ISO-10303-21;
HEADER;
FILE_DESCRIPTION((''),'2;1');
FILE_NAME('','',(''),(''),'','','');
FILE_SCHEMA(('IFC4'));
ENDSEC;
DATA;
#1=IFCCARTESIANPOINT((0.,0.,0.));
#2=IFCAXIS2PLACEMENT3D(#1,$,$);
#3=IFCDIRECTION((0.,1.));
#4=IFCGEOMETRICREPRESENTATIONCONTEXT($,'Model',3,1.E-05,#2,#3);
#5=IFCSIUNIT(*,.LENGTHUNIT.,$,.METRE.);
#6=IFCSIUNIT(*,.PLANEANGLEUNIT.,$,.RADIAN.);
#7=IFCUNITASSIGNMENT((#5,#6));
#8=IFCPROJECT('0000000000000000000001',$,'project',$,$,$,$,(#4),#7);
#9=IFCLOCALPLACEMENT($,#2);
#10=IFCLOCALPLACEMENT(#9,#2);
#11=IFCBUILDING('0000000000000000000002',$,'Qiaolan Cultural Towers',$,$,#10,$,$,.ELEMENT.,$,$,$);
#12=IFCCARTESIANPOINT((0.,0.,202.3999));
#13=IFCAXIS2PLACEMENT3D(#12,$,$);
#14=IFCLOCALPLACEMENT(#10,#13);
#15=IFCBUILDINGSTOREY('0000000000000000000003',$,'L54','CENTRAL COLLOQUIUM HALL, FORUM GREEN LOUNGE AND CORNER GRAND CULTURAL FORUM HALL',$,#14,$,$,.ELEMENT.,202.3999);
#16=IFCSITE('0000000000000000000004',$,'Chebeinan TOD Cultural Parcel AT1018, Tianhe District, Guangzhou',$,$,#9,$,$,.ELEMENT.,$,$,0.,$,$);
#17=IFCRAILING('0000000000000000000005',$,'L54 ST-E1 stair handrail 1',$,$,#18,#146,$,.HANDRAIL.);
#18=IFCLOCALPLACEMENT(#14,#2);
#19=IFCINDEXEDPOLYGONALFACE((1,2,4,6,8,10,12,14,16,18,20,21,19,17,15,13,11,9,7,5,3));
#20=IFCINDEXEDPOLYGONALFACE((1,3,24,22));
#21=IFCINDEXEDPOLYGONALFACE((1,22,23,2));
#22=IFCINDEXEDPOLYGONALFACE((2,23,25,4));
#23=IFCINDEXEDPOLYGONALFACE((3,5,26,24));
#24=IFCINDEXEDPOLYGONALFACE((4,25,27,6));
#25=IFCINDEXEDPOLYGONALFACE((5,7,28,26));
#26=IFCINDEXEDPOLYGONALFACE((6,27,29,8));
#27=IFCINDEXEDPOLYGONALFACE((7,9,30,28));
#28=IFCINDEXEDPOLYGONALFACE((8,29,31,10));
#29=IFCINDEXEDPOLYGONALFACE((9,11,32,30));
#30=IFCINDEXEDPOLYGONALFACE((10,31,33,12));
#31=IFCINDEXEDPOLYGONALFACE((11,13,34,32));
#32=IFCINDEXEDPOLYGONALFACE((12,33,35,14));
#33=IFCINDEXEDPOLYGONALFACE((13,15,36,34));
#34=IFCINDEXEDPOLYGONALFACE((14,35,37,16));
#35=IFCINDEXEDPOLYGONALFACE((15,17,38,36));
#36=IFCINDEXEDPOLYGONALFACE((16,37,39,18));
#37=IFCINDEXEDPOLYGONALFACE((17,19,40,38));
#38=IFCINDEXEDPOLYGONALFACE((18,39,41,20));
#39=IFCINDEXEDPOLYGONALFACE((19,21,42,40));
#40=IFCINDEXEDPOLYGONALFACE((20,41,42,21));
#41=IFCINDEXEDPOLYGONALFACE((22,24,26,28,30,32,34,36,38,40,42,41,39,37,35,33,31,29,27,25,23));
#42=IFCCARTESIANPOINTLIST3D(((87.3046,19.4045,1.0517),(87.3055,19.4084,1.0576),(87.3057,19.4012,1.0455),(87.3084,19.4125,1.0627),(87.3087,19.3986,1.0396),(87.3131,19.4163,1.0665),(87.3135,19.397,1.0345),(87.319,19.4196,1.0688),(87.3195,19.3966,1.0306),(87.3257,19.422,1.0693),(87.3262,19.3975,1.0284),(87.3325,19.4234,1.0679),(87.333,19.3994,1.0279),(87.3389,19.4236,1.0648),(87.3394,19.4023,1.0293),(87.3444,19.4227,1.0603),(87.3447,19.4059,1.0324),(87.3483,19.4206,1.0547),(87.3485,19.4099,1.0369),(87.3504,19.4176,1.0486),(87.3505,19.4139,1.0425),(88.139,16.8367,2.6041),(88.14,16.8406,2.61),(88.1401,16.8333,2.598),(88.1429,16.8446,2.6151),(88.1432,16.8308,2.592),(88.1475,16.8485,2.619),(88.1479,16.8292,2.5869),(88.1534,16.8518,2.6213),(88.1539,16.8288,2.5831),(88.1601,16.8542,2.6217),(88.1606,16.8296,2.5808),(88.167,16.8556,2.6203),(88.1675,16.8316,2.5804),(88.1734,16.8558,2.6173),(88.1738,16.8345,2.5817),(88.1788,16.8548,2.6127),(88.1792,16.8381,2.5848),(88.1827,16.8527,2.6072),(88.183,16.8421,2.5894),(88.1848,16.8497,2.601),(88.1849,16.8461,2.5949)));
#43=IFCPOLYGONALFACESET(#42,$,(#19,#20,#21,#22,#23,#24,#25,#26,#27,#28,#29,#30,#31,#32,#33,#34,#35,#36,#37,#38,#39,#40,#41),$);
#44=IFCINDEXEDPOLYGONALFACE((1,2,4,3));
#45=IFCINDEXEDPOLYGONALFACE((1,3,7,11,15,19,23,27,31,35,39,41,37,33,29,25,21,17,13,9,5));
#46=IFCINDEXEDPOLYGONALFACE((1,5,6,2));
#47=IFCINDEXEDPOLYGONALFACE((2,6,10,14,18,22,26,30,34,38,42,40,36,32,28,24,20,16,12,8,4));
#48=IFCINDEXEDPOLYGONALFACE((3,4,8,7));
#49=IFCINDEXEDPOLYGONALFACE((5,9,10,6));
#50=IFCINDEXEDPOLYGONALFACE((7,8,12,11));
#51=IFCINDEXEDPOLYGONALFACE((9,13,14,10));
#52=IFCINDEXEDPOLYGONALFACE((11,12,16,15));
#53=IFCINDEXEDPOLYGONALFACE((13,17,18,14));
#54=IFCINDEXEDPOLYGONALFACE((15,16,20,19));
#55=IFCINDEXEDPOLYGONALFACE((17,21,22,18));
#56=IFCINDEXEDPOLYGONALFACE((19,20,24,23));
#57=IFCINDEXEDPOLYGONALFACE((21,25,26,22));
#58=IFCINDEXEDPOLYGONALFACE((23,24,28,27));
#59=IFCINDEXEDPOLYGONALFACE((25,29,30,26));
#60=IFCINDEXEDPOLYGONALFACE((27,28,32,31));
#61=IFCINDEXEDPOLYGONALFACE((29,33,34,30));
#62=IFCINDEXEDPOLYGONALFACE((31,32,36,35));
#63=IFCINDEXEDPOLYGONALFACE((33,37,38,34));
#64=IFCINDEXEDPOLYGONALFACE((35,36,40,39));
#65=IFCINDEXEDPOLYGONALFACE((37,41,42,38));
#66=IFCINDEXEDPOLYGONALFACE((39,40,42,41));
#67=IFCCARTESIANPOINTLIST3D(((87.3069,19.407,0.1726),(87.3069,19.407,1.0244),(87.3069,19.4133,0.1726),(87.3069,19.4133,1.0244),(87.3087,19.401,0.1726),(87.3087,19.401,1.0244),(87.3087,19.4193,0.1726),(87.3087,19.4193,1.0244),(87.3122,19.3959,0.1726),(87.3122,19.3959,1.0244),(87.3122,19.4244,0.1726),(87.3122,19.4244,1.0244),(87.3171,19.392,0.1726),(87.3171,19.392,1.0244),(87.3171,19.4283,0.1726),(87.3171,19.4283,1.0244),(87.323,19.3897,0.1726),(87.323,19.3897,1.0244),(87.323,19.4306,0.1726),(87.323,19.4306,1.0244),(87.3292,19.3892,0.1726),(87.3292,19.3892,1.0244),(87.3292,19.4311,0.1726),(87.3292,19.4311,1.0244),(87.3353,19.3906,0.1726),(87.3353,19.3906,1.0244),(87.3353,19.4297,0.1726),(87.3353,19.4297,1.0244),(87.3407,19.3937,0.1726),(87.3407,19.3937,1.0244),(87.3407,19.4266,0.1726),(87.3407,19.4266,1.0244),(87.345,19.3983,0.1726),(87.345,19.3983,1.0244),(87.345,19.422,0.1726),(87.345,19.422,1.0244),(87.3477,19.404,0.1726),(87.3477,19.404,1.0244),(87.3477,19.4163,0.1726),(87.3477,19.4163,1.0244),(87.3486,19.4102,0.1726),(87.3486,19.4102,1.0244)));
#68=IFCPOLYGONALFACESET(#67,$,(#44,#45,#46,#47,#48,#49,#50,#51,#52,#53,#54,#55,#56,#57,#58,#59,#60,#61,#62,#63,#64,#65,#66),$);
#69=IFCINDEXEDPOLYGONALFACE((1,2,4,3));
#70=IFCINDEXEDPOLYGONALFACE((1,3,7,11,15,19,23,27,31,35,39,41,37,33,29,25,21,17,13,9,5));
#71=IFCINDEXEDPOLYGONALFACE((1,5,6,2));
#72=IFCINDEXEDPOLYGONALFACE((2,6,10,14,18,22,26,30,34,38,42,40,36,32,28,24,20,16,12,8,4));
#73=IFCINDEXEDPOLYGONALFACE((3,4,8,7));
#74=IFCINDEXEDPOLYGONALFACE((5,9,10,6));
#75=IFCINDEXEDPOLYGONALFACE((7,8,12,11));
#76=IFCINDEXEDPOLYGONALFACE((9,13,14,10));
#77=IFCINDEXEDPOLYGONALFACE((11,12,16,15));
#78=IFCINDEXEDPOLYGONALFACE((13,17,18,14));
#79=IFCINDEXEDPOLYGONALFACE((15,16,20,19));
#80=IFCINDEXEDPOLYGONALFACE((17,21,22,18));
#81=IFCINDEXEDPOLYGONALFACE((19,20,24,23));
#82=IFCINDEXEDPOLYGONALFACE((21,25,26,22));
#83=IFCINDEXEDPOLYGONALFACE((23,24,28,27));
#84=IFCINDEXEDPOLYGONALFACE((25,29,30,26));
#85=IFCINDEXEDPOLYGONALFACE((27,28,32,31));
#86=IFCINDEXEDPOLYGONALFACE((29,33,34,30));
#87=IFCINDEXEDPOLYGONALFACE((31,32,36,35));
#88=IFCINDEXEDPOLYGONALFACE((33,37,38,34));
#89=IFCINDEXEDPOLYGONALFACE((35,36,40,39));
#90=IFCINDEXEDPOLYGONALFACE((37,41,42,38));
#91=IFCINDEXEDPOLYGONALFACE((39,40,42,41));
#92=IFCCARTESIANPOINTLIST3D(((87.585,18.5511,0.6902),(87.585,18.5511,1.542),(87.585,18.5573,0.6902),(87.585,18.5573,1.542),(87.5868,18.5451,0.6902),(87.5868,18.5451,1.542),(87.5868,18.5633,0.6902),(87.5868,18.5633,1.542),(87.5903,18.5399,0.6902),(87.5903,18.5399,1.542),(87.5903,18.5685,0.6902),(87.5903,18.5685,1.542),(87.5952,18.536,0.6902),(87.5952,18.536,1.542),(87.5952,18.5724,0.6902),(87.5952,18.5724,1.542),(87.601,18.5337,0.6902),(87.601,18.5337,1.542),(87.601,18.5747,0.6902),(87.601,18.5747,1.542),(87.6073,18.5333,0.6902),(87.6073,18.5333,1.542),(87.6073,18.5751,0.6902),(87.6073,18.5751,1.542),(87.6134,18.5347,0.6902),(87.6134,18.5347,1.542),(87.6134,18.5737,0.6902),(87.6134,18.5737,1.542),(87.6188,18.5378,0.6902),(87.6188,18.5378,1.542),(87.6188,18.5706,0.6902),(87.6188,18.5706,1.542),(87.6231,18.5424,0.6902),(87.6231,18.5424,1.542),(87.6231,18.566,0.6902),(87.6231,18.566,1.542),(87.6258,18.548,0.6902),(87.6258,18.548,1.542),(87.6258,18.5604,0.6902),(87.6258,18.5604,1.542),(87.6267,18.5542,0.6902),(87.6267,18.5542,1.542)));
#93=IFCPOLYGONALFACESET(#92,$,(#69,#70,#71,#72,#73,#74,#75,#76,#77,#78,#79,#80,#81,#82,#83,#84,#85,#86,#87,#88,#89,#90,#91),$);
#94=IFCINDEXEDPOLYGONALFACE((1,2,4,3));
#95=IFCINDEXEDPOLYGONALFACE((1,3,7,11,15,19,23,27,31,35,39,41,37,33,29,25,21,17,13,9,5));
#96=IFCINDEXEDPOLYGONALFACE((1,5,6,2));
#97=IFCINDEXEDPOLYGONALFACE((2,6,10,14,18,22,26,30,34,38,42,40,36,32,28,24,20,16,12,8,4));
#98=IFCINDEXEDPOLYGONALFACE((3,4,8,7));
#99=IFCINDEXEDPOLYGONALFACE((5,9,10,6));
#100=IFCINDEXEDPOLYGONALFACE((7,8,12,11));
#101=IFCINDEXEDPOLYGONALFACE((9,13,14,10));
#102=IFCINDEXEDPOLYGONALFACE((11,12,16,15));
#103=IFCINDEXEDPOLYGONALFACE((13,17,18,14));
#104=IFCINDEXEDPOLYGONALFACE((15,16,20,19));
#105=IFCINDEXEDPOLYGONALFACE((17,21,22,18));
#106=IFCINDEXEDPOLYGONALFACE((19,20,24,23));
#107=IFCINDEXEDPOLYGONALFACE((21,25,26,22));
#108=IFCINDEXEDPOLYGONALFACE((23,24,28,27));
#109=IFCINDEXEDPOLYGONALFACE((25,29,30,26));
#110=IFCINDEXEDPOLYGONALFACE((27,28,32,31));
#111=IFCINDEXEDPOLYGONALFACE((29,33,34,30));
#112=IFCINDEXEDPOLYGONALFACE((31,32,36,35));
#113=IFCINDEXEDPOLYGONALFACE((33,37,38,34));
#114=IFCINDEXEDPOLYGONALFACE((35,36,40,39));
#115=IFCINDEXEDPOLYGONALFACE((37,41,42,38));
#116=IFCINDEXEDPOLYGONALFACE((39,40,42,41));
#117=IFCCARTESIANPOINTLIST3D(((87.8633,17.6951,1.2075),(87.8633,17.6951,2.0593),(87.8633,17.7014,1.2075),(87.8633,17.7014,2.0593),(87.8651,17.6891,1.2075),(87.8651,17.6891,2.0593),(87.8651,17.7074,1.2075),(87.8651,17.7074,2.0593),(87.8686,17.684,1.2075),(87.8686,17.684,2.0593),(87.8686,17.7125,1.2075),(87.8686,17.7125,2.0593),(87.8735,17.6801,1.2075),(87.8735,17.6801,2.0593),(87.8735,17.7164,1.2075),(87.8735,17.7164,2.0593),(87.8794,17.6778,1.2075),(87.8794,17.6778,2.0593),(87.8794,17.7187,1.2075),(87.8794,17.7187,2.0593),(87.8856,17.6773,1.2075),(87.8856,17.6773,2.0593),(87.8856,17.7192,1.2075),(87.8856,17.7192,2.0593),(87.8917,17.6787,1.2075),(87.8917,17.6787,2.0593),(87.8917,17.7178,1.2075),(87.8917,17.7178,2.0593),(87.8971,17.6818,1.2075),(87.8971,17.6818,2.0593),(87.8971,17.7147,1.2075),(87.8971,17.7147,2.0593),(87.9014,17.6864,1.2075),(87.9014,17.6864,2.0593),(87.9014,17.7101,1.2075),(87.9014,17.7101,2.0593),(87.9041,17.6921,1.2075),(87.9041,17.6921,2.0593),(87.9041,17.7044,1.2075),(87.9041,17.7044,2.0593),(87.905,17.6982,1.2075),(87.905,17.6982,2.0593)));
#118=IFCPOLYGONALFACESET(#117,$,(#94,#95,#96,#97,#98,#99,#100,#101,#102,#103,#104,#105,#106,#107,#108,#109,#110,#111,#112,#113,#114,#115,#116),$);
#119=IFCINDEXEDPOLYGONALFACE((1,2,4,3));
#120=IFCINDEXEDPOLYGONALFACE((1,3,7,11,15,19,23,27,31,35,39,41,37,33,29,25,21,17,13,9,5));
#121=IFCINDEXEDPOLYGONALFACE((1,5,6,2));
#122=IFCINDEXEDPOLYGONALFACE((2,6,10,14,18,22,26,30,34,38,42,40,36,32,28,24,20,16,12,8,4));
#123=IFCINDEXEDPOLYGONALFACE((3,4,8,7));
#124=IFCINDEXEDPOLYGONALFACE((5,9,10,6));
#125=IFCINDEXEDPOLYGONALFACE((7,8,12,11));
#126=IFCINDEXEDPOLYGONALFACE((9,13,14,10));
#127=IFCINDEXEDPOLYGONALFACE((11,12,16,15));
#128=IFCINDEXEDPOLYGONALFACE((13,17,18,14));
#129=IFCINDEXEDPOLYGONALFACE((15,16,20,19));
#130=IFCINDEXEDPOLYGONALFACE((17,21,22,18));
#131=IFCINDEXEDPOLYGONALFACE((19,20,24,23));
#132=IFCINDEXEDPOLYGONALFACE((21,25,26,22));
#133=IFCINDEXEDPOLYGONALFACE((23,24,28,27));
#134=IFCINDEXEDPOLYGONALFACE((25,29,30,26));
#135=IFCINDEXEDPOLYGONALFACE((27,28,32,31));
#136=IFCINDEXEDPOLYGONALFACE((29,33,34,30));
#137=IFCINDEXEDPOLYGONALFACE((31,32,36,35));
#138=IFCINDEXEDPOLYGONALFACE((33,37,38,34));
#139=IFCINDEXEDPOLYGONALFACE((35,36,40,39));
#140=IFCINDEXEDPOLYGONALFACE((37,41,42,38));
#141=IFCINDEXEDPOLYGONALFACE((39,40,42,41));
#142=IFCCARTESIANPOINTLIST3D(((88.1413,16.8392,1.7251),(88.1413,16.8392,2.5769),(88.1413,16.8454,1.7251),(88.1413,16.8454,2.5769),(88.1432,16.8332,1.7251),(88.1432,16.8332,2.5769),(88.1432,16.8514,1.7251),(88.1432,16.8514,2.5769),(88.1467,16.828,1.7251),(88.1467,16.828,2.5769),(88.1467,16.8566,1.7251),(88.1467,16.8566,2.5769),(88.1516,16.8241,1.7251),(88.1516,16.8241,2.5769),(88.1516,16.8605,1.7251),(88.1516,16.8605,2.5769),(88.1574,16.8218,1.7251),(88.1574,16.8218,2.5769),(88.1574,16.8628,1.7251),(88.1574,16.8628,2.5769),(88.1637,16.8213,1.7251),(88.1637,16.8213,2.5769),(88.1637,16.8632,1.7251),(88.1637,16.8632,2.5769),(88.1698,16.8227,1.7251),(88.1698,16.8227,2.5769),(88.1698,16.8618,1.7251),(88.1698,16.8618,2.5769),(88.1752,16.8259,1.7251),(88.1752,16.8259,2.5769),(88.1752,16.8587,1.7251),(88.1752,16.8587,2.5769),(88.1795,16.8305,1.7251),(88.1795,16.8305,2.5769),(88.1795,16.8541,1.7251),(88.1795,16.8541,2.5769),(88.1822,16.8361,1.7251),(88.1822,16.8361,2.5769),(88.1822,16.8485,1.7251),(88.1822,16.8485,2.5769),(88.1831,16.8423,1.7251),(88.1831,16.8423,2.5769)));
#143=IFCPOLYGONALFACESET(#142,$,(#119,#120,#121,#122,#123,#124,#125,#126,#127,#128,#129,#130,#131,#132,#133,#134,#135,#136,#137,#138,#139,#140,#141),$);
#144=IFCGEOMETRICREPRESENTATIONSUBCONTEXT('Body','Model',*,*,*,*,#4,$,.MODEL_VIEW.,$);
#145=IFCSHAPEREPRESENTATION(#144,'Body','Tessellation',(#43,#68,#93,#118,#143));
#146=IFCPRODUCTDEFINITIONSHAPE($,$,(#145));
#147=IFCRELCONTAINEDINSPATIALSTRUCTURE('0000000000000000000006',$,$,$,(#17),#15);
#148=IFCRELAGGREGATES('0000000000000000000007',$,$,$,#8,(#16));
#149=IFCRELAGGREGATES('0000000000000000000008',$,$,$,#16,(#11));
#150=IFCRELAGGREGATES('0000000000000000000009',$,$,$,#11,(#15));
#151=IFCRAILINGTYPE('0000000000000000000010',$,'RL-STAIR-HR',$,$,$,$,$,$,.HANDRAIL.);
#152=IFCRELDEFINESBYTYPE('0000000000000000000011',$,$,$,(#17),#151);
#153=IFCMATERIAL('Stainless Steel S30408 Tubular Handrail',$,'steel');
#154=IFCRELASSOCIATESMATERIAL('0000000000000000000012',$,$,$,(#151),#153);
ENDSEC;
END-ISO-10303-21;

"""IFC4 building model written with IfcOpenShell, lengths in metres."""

from ifc_helpers import new_model, si_unit, direction, frame, origin, origin_2d, place, context, subcontext, project, spatial, circle, extrude, material, type_object, element, save


model = new_model("IFC4")

# Units and contexts
model_context = context("Model", 3, precision=1e-05, world=origin(), true_north=direction((0.0, 1.0)))
body_context = subcontext(model_context, "Body", "Model", "MODEL_VIEW")
ifc_project = project(units=[si_unit("LENGTHUNIT", "METRE"), si_unit("PLANEANGLEUNIT", "RADIAN")], contexts=[model_context])

# Site, building, storey
site_placement = place(None, origin())
site = spatial("IfcSite", under=ifc_project, at=site_placement, Name="Chebeinan TOD Cultural Parcel AT1018, Tianhe District, Guangzhou", CompositionType="ELEMENT", RefElevation=0.0)
building_placement = place(site_placement, origin())
building = spatial("IfcBuilding", under=site, at=building_placement, Name="Qiaolan Cultural Towers", CompositionType="ELEMENT")
storey_placement = place(building_placement, frame((0.0, 0.0, 202.3999)))
storey = spatial("IfcBuildingStorey", under=building, at=storey_placement, Name="L54", Description="CENTRAL COLLOQUIUM HALL, FORUM GREEN LOUNGE AND CORNER GRAND CULTURAL FORUM HALL", CompositionType="ELEMENT", Elevation=202.3999)

# Railing
ifc_material_1 = material(Name="Stainless Steel S30408 Tubular Handrail", Category="steel")
railing_type_1 = type_object("IfcRailingType", Name="RL-STAIR-HR", PredefinedType="HANDRAIL", material=ifc_material_1)
railing_1_placement = place(storey_placement, frame((87.3276, 19.4102, 0.1726)))
element("IfcRailing", 1, at=railing_1_placement, inside=storey, type_object=railing_type_1, Name="L54 ST-E1 stair handrail 1", PredefinedType="HANDRAIL", context=body_context, shape_type="SweptSolid", body=[
    extrude(circle(Radius=0.0239, at=origin_2d()), frame((0.0, 0.0, 0.876), z_axis=(0.267926, -0.824471, 0.498461), x_axis=(0.951043, 0.309057, 0.0)), (0.0, 0.0, 1.0), 3.1145),
    extrude(circle(Radius=0.021, at=origin_2d()), origin(), (0.0, 0.0, 1.0), 0.8518),
    extrude(circle(Radius=0.021, at=origin_2d()), frame((0.2781, -0.856, 0.5176)), (0.0, 0.0, 1.0), 0.8518),
    extrude(circle(Radius=0.021, at=origin_2d()), frame((0.5564, -1.7119, 1.0349)), (0.0, 0.0, 1.0), 0.8518),
    extrude(circle(Radius=0.021, at=origin_2d()), frame((0.8345, -2.5679, 1.5525)), (0.0, 0.0, 1.0), 0.8518),
])

save(model, "model.ifc")
